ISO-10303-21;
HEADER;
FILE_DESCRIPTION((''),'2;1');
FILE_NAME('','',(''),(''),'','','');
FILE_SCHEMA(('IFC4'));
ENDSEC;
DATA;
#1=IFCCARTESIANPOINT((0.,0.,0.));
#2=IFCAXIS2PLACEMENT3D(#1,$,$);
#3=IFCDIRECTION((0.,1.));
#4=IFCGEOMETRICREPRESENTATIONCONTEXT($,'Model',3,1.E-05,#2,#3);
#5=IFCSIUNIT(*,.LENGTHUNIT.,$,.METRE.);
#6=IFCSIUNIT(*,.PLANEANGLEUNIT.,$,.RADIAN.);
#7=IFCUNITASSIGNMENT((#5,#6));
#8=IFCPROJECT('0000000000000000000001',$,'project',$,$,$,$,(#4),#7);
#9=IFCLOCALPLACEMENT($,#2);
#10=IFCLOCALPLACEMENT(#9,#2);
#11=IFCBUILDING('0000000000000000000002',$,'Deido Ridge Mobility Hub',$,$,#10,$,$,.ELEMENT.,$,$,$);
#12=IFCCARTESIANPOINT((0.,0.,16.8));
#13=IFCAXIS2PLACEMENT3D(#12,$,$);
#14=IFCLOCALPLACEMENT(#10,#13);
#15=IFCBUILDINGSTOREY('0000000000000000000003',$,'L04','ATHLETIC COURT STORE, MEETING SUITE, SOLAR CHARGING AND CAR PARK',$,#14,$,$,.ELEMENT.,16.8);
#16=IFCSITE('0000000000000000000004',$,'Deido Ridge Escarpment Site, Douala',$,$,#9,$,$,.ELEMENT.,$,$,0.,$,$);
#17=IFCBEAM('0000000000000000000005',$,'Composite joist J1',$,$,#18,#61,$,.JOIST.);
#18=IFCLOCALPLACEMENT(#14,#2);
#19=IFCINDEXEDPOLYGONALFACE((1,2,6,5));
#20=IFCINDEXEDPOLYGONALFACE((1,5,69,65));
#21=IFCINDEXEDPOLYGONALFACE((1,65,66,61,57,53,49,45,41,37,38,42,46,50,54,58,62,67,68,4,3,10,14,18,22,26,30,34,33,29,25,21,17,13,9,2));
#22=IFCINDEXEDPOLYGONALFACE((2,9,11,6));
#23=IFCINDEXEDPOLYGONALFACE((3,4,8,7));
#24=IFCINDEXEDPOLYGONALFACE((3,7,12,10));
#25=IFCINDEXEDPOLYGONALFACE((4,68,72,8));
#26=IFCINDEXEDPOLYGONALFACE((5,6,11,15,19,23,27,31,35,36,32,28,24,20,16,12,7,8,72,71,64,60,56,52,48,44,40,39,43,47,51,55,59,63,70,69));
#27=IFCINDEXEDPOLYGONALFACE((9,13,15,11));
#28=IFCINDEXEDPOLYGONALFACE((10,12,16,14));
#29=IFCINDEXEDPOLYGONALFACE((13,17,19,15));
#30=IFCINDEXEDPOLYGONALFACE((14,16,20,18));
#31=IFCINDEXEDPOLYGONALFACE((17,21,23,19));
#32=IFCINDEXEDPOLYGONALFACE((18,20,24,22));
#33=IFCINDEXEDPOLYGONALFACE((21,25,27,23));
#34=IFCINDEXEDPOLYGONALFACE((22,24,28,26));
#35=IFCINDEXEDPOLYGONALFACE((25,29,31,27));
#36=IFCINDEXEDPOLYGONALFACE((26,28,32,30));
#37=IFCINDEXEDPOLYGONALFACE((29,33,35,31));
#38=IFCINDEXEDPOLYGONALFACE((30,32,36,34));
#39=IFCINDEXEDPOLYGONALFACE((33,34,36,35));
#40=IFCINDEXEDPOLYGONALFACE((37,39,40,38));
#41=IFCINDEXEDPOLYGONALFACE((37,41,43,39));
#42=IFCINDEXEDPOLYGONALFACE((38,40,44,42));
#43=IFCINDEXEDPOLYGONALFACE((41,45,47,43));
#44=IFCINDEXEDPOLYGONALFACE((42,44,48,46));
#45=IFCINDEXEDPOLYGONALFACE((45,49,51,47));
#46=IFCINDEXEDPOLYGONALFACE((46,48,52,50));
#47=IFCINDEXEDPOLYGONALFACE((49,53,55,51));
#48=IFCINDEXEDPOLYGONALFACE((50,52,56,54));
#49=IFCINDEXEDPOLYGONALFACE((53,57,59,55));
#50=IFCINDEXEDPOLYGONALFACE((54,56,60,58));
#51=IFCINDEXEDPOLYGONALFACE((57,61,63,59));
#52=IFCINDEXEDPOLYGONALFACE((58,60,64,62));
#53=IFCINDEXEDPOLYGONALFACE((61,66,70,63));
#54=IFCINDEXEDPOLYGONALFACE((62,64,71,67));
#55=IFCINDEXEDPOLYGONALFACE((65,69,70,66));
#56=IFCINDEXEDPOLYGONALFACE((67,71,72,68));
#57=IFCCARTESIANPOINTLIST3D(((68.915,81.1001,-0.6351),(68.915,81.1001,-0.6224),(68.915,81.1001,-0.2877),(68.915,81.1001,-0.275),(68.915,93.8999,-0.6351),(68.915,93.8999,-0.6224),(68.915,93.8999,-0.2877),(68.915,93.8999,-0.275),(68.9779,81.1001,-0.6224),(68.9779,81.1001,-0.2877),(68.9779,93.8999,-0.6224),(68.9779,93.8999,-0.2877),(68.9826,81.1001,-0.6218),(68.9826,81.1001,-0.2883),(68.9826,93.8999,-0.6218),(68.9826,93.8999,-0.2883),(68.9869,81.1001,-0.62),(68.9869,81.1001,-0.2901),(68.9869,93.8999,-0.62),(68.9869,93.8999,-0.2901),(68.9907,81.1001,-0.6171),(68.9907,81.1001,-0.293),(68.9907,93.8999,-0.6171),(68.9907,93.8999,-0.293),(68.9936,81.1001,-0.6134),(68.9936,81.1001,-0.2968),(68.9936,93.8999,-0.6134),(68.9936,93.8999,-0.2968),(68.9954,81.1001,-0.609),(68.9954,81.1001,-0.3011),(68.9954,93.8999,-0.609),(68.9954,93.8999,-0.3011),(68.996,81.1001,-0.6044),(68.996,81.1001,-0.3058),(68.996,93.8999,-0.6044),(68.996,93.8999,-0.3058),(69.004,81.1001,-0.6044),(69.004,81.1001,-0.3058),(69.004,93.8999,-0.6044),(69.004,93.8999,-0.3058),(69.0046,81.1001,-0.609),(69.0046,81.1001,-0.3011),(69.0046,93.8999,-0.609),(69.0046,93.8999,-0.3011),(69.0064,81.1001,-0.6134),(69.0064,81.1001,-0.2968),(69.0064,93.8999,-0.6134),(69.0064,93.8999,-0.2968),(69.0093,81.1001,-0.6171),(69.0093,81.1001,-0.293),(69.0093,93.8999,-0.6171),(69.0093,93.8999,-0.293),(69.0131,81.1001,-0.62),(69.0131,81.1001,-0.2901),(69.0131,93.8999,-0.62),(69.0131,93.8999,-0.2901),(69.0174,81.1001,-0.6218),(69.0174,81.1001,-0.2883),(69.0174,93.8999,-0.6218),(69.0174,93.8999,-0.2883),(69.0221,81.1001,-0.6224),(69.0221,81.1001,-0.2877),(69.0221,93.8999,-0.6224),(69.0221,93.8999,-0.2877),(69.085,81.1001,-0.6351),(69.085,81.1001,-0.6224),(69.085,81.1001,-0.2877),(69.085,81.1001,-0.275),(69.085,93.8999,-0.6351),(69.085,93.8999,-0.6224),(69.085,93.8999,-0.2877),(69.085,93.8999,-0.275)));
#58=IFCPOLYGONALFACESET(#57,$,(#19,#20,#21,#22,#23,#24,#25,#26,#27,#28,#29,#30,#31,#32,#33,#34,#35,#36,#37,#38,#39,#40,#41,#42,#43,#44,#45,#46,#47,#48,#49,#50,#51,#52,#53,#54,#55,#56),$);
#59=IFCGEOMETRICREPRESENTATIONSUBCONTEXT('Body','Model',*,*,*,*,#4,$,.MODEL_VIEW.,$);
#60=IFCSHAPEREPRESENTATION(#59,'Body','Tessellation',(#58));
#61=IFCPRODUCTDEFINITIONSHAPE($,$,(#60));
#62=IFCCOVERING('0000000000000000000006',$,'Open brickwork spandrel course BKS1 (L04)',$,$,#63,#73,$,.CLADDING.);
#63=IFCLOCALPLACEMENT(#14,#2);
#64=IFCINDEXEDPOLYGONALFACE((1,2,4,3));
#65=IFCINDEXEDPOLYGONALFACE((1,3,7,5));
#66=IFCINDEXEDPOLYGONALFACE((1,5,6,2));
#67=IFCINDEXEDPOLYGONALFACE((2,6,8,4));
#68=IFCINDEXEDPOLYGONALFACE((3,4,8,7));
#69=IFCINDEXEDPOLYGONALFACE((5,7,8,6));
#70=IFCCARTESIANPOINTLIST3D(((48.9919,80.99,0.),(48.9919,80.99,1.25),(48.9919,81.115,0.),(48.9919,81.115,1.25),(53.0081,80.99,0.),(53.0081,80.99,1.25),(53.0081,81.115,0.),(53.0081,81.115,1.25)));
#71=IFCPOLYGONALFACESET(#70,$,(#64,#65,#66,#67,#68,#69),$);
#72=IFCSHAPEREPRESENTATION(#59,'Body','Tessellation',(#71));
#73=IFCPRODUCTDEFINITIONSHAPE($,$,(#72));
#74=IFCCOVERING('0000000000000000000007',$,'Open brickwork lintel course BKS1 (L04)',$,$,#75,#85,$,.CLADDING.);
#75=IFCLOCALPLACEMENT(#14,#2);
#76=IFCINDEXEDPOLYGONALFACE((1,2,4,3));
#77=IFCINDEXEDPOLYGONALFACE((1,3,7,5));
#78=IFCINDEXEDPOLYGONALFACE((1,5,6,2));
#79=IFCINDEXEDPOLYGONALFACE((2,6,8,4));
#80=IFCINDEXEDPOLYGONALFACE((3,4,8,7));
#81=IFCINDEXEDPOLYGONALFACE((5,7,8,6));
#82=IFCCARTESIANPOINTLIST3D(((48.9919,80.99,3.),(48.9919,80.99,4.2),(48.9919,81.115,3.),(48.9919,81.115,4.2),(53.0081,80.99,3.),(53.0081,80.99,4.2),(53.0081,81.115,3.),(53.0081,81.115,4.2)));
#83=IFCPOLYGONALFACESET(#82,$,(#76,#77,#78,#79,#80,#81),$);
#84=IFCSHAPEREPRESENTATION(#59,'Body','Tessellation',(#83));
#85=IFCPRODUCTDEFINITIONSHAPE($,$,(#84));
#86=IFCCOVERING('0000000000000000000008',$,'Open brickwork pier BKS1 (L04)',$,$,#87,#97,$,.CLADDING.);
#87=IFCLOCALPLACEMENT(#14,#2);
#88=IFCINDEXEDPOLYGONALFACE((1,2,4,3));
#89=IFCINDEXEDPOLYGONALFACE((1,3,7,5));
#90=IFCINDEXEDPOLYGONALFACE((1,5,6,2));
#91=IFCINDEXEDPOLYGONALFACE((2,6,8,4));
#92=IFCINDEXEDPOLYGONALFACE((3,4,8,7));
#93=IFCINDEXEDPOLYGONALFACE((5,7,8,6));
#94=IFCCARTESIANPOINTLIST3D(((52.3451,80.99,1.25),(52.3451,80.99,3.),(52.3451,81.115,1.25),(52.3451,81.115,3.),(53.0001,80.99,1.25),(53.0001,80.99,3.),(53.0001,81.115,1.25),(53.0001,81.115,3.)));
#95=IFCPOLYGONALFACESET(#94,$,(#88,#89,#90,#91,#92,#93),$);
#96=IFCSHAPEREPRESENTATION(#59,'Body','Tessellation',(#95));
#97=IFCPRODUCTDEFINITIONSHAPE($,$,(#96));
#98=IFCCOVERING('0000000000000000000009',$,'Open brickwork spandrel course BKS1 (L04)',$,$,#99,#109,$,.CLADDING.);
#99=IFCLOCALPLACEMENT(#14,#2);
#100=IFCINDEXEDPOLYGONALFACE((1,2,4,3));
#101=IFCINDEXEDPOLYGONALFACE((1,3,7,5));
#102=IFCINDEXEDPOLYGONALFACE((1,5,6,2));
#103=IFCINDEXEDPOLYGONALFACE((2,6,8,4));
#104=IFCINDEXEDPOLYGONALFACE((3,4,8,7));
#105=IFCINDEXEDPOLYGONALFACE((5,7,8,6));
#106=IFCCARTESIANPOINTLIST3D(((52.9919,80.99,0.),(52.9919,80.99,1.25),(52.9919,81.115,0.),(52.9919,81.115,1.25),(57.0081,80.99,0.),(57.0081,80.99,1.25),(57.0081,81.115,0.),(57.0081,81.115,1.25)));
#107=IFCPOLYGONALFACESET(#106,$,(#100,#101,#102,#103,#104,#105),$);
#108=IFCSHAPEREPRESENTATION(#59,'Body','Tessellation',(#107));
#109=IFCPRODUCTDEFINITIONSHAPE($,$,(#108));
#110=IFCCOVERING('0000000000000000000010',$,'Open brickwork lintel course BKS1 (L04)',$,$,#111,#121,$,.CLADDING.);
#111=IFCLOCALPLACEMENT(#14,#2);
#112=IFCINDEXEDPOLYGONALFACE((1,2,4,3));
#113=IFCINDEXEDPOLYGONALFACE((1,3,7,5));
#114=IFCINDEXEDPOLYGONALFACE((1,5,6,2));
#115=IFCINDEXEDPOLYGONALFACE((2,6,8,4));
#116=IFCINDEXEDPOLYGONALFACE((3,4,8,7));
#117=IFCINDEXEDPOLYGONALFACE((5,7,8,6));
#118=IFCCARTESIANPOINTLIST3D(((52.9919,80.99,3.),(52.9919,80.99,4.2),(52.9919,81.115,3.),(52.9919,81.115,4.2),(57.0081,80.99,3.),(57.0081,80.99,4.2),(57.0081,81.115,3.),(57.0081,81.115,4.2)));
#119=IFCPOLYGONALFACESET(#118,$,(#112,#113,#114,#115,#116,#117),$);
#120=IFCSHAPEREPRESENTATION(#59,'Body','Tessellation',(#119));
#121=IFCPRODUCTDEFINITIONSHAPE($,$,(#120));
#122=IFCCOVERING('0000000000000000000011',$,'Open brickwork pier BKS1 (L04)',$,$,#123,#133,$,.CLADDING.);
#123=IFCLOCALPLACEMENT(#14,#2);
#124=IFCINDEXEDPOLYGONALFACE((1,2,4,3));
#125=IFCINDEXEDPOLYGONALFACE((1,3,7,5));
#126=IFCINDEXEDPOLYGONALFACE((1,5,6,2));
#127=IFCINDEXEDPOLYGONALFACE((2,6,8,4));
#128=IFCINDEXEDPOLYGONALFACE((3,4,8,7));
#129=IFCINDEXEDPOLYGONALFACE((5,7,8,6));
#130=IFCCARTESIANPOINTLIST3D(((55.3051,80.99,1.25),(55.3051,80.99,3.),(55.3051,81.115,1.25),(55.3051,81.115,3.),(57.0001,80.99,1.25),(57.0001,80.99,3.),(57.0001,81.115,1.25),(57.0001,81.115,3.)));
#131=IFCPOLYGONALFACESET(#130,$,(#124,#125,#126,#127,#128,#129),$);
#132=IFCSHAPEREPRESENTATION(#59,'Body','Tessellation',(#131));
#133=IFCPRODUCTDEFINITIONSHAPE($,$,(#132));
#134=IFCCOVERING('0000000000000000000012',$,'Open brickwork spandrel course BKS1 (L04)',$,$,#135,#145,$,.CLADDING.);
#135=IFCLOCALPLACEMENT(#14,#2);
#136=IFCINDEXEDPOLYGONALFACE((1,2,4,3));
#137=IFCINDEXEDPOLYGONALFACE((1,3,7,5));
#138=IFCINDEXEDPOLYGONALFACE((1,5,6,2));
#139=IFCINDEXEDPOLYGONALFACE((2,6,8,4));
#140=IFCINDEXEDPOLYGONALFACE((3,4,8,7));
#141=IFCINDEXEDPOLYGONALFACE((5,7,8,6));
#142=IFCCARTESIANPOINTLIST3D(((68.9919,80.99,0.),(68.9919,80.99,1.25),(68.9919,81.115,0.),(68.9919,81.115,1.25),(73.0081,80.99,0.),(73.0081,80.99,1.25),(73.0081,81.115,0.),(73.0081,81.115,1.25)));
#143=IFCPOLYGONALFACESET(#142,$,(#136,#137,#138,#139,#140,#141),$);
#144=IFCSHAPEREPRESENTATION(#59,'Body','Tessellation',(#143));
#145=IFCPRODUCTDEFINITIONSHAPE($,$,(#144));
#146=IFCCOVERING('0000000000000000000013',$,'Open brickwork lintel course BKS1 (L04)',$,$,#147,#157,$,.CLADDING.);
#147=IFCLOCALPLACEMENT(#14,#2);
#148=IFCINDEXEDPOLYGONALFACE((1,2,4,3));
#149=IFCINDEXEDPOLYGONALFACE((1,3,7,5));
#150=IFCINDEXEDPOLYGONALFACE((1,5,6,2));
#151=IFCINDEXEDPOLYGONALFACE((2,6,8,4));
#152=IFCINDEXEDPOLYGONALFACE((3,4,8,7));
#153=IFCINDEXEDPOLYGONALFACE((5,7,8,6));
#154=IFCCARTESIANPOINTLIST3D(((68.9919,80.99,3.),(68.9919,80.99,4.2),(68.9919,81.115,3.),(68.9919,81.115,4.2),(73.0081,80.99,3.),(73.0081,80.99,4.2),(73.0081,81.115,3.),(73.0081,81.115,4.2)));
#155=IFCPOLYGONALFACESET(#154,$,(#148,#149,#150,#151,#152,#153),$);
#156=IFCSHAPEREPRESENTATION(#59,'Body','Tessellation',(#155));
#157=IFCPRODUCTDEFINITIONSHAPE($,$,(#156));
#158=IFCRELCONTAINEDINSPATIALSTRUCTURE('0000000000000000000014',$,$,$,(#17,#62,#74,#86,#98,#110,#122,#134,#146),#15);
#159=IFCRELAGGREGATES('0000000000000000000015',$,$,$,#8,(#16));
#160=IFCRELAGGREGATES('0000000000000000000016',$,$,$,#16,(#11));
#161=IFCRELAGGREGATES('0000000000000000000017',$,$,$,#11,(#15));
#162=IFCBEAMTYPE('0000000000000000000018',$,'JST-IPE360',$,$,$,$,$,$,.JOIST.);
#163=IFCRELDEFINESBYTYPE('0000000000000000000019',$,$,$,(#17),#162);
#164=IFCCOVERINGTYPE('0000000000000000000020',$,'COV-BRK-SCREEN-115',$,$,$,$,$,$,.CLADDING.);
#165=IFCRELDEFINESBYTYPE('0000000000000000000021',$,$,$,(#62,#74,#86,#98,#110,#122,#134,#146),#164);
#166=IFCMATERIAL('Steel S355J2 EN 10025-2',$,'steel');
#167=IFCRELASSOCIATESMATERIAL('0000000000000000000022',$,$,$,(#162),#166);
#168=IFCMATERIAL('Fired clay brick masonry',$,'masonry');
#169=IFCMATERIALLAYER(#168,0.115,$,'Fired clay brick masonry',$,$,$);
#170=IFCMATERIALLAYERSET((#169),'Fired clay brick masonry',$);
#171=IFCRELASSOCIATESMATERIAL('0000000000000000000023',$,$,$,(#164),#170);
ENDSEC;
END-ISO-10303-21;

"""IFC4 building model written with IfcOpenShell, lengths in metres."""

from ifc_helpers import new_model, si_unit, direction, frame, origin, origin_2d, place, context, subcontext, project, spatial, rectangle, i_section, extrude, material, layer, layer_set, material_profile, profile_set, type_object, element, save


model = new_model("IFC4")

# Units and contexts
model_context = context("Model", 3, precision=1e-05, world=origin(), true_north=direction((0.0, 1.0)))
body_context = subcontext(model_context, "Body", "Model", "MODEL_VIEW")
ifc_project = project(units=[si_unit("LENGTHUNIT", "METRE"), si_unit("PLANEANGLEUNIT", "RADIAN")], contexts=[model_context])

# Site, building, storey
site_placement = place(None, origin())
site = spatial("IfcSite", under=ifc_project, at=site_placement, Name="Deido Ridge Escarpment Site, Douala", CompositionType="ELEMENT", RefElevation=0.0)
building_placement = place(site_placement, origin())
building = spatial("IfcBuilding", under=site, at=building_placement, Name="Deido Ridge Mobility Hub", CompositionType="ELEMENT")
storey_placement = place(building_placement, frame((0.0, 0.0, 16.8)))
storey = spatial("IfcBuildingStorey", under=building, at=storey_placement, Name="L04", Description="ATHLETIC COURT STORE, MEETING SUITE, SOLAR CHARGING AND CAR PARK", CompositionType="ELEMENT", Elevation=16.8)

# Shared definitions
ifc_material_1 = material(Name="Steel S355J2 EN 10025-2", Category="steel")

# Beam
ifc_material_profile_1 = material_profile(ifc_material_1, i_section(OverallWidth=0.1699, OverallDepth=0.3601, WebThickness=0.0081, FlangeThickness=0.0127, FilletRadius=0.0181, at=origin_2d()), Name="IPE 360")
ifc_profile_set_1 = profile_set([ifc_material_profile_1], Name="Steel S355J2 EN 10025-2")
beam_type_1 = type_object("IfcBeamType", Name="JST-IPE360", PredefinedType="JOIST", material=ifc_profile_set_1)
for number, where, z_axis, x_axis, name in (
    (1, (69.0, 81.1001, -0.4551), (0.0, 1.0, 0.0), (-1.0, 0.0, 0.0), "Composite joist J1"),
):
    element("IfcBeam", number, at=place(storey_placement, frame(where, z_axis=z_axis, x_axis=x_axis)), inside=storey, type_object=beam_type_1, Name=name, PredefinedType="JOIST", context=body_context, shape_type="SweptSolid", body=[
        extrude(i_section(OverallWidth=0.1699, OverallDepth=0.3601, WebThickness=0.0081, FlangeThickness=0.0127, FilletRadius=0.0181, at=origin_2d()), origin(), (0.0, 0.0, 1.0), 12.7998),
    ])

# Coverings
ifc_material_2 = material(Name="Fired clay brick masonry", Category="masonry")
ifc_layer = layer(ifc_material_2, 0.115, Name="Fired clay brick masonry")
ifc_layer_set = layer_set([ifc_layer], Name="Fired clay brick masonry")
covering_type = type_object("IfcCoveringType", Name="COV-BRK-SCREEN-115", PredefinedType="CLADDING", material=ifc_layer_set)
covering_1_placement = place(storey_placement, frame((51.0, 81.0525, 0.0), z_axis=(0.0, 0.0, 1.0), x_axis=(1.0, 0.0, 0.0)))
element("IfcCovering", 2, at=covering_1_placement, inside=storey, type_object=covering_type, Name="Open brickwork spandrel course BKS1 (L04)", PredefinedType="CLADDING", context=body_context, shape_type="SweptSolid", body=[
    extrude(rectangle(XDim=4.0161, YDim=0.125, at=origin_2d()), origin(), (0.0, 0.0, 1.0), 1.25),
])
covering_2_placement = place(storey_placement, frame((51.0, 81.0525, 3.0), z_axis=(0.0, 0.0, 1.0), x_axis=(1.0, 0.0, 0.0)))
element("IfcCovering", 3, at=covering_2_placement, inside=storey, type_object=covering_type, Name="Open brickwork lintel course BKS1 (L04)", PredefinedType="CLADDING", context=body_context, shape_type="SweptSolid", body=[
    extrude(rectangle(XDim=4.0161, YDim=0.125, at=origin_2d()), origin(), (0.0, 0.0, 1.0), 1.2),
])
covering_3_placement = place(storey_placement, frame((52.6726, 81.0525, 1.25), z_axis=(0.0, 0.0, 1.0), x_axis=(1.0, 0.0, 0.0)))
element("IfcCovering", 4, at=covering_3_placement, inside=storey, type_object=covering_type, Name="Open brickwork pier BKS1 (L04)", PredefinedType="CLADDING", context=body_context, shape_type="SweptSolid", body=[
    extrude(rectangle(XDim=0.655, YDim=0.125, at=origin_2d()), origin(), (0.0, 0.0, 1.0), 1.75),
])
covering_4_placement = place(storey_placement, frame((55.0, 81.0525, 0.0), z_axis=(0.0, 0.0, 1.0), x_axis=(1.0, 0.0, 0.0)))
element("IfcCovering", 5, at=covering_4_placement, inside=storey, type_object=covering_type, Name="Open brickwork spandrel course BKS1 (L04)", PredefinedType="CLADDING", context=body_context, shape_type="SweptSolid", body=[
    extrude(rectangle(XDim=4.0161, YDim=0.125, at=origin_2d()), origin(), (0.0, 0.0, 1.0), 1.25),
])
covering_5_placement = place(storey_placement, frame((55.0, 81.0525, 3.0), z_axis=(0.0, 0.0, 1.0), x_axis=(1.0, 0.0, 0.0)))
element("IfcCovering", 6, at=covering_5_placement, inside=storey, type_object=covering_type, Name="Open brickwork lintel course BKS1 (L04)", PredefinedType="CLADDING", context=body_context, shape_type="SweptSolid", body=[
    extrude(rectangle(XDim=4.0161, YDim=0.125, at=origin_2d()), origin(), (0.0, 0.0, 1.0), 1.2),
])
covering_6_placement = place(storey_placement, frame((56.1526, 81.0525, 1.25), z_axis=(0.0, 0.0, 1.0), x_axis=(1.0, 0.0, 0.0)))
element("IfcCovering", 7, at=covering_6_placement, inside=storey, type_object=covering_type, Name="Open brickwork pier BKS1 (L04)", PredefinedType="CLADDING", context=body_context, shape_type="SweptSolid", body=[
    extrude(rectangle(XDim=1.6951, YDim=0.125, at=origin_2d()), origin(), (0.0, 0.0, 1.0), 1.75),
])
covering_7_placement = place(storey_placement, frame((71.0, 81.0525, 0.0), z_axis=(0.0, 0.0, 1.0), x_axis=(1.0, 0.0, 0.0)))
element("IfcCovering", 8, at=covering_7_placement, inside=storey, type_object=covering_type, Name="Open brickwork spandrel course BKS1 (L04)", PredefinedType="CLADDING", context=body_context, shape_type="SweptSolid", body=[
    extrude(rectangle(XDim=4.0161, YDim=0.125, at=origin_2d()), origin(), (0.0, 0.0, 1.0), 1.25),
])
covering_8_placement = place(storey_placement, frame((71.0, 81.0525, 3.0), z_axis=(0.0, 0.0, 1.0), x_axis=(1.0, 0.0, 0.0)))
element("IfcCovering", 9, at=covering_8_placement, inside=storey, type_object=covering_type, Name="Open brickwork lintel course BKS1 (L04)", PredefinedType="CLADDING", context=body_context, shape_type="SweptSolid", body=[
    extrude(rectangle(XDim=4.0161, YDim=0.125, at=origin_2d()), origin(), (0.0, 0.0, 1.0), 1.2),
])

save(model, "model.ifc")
